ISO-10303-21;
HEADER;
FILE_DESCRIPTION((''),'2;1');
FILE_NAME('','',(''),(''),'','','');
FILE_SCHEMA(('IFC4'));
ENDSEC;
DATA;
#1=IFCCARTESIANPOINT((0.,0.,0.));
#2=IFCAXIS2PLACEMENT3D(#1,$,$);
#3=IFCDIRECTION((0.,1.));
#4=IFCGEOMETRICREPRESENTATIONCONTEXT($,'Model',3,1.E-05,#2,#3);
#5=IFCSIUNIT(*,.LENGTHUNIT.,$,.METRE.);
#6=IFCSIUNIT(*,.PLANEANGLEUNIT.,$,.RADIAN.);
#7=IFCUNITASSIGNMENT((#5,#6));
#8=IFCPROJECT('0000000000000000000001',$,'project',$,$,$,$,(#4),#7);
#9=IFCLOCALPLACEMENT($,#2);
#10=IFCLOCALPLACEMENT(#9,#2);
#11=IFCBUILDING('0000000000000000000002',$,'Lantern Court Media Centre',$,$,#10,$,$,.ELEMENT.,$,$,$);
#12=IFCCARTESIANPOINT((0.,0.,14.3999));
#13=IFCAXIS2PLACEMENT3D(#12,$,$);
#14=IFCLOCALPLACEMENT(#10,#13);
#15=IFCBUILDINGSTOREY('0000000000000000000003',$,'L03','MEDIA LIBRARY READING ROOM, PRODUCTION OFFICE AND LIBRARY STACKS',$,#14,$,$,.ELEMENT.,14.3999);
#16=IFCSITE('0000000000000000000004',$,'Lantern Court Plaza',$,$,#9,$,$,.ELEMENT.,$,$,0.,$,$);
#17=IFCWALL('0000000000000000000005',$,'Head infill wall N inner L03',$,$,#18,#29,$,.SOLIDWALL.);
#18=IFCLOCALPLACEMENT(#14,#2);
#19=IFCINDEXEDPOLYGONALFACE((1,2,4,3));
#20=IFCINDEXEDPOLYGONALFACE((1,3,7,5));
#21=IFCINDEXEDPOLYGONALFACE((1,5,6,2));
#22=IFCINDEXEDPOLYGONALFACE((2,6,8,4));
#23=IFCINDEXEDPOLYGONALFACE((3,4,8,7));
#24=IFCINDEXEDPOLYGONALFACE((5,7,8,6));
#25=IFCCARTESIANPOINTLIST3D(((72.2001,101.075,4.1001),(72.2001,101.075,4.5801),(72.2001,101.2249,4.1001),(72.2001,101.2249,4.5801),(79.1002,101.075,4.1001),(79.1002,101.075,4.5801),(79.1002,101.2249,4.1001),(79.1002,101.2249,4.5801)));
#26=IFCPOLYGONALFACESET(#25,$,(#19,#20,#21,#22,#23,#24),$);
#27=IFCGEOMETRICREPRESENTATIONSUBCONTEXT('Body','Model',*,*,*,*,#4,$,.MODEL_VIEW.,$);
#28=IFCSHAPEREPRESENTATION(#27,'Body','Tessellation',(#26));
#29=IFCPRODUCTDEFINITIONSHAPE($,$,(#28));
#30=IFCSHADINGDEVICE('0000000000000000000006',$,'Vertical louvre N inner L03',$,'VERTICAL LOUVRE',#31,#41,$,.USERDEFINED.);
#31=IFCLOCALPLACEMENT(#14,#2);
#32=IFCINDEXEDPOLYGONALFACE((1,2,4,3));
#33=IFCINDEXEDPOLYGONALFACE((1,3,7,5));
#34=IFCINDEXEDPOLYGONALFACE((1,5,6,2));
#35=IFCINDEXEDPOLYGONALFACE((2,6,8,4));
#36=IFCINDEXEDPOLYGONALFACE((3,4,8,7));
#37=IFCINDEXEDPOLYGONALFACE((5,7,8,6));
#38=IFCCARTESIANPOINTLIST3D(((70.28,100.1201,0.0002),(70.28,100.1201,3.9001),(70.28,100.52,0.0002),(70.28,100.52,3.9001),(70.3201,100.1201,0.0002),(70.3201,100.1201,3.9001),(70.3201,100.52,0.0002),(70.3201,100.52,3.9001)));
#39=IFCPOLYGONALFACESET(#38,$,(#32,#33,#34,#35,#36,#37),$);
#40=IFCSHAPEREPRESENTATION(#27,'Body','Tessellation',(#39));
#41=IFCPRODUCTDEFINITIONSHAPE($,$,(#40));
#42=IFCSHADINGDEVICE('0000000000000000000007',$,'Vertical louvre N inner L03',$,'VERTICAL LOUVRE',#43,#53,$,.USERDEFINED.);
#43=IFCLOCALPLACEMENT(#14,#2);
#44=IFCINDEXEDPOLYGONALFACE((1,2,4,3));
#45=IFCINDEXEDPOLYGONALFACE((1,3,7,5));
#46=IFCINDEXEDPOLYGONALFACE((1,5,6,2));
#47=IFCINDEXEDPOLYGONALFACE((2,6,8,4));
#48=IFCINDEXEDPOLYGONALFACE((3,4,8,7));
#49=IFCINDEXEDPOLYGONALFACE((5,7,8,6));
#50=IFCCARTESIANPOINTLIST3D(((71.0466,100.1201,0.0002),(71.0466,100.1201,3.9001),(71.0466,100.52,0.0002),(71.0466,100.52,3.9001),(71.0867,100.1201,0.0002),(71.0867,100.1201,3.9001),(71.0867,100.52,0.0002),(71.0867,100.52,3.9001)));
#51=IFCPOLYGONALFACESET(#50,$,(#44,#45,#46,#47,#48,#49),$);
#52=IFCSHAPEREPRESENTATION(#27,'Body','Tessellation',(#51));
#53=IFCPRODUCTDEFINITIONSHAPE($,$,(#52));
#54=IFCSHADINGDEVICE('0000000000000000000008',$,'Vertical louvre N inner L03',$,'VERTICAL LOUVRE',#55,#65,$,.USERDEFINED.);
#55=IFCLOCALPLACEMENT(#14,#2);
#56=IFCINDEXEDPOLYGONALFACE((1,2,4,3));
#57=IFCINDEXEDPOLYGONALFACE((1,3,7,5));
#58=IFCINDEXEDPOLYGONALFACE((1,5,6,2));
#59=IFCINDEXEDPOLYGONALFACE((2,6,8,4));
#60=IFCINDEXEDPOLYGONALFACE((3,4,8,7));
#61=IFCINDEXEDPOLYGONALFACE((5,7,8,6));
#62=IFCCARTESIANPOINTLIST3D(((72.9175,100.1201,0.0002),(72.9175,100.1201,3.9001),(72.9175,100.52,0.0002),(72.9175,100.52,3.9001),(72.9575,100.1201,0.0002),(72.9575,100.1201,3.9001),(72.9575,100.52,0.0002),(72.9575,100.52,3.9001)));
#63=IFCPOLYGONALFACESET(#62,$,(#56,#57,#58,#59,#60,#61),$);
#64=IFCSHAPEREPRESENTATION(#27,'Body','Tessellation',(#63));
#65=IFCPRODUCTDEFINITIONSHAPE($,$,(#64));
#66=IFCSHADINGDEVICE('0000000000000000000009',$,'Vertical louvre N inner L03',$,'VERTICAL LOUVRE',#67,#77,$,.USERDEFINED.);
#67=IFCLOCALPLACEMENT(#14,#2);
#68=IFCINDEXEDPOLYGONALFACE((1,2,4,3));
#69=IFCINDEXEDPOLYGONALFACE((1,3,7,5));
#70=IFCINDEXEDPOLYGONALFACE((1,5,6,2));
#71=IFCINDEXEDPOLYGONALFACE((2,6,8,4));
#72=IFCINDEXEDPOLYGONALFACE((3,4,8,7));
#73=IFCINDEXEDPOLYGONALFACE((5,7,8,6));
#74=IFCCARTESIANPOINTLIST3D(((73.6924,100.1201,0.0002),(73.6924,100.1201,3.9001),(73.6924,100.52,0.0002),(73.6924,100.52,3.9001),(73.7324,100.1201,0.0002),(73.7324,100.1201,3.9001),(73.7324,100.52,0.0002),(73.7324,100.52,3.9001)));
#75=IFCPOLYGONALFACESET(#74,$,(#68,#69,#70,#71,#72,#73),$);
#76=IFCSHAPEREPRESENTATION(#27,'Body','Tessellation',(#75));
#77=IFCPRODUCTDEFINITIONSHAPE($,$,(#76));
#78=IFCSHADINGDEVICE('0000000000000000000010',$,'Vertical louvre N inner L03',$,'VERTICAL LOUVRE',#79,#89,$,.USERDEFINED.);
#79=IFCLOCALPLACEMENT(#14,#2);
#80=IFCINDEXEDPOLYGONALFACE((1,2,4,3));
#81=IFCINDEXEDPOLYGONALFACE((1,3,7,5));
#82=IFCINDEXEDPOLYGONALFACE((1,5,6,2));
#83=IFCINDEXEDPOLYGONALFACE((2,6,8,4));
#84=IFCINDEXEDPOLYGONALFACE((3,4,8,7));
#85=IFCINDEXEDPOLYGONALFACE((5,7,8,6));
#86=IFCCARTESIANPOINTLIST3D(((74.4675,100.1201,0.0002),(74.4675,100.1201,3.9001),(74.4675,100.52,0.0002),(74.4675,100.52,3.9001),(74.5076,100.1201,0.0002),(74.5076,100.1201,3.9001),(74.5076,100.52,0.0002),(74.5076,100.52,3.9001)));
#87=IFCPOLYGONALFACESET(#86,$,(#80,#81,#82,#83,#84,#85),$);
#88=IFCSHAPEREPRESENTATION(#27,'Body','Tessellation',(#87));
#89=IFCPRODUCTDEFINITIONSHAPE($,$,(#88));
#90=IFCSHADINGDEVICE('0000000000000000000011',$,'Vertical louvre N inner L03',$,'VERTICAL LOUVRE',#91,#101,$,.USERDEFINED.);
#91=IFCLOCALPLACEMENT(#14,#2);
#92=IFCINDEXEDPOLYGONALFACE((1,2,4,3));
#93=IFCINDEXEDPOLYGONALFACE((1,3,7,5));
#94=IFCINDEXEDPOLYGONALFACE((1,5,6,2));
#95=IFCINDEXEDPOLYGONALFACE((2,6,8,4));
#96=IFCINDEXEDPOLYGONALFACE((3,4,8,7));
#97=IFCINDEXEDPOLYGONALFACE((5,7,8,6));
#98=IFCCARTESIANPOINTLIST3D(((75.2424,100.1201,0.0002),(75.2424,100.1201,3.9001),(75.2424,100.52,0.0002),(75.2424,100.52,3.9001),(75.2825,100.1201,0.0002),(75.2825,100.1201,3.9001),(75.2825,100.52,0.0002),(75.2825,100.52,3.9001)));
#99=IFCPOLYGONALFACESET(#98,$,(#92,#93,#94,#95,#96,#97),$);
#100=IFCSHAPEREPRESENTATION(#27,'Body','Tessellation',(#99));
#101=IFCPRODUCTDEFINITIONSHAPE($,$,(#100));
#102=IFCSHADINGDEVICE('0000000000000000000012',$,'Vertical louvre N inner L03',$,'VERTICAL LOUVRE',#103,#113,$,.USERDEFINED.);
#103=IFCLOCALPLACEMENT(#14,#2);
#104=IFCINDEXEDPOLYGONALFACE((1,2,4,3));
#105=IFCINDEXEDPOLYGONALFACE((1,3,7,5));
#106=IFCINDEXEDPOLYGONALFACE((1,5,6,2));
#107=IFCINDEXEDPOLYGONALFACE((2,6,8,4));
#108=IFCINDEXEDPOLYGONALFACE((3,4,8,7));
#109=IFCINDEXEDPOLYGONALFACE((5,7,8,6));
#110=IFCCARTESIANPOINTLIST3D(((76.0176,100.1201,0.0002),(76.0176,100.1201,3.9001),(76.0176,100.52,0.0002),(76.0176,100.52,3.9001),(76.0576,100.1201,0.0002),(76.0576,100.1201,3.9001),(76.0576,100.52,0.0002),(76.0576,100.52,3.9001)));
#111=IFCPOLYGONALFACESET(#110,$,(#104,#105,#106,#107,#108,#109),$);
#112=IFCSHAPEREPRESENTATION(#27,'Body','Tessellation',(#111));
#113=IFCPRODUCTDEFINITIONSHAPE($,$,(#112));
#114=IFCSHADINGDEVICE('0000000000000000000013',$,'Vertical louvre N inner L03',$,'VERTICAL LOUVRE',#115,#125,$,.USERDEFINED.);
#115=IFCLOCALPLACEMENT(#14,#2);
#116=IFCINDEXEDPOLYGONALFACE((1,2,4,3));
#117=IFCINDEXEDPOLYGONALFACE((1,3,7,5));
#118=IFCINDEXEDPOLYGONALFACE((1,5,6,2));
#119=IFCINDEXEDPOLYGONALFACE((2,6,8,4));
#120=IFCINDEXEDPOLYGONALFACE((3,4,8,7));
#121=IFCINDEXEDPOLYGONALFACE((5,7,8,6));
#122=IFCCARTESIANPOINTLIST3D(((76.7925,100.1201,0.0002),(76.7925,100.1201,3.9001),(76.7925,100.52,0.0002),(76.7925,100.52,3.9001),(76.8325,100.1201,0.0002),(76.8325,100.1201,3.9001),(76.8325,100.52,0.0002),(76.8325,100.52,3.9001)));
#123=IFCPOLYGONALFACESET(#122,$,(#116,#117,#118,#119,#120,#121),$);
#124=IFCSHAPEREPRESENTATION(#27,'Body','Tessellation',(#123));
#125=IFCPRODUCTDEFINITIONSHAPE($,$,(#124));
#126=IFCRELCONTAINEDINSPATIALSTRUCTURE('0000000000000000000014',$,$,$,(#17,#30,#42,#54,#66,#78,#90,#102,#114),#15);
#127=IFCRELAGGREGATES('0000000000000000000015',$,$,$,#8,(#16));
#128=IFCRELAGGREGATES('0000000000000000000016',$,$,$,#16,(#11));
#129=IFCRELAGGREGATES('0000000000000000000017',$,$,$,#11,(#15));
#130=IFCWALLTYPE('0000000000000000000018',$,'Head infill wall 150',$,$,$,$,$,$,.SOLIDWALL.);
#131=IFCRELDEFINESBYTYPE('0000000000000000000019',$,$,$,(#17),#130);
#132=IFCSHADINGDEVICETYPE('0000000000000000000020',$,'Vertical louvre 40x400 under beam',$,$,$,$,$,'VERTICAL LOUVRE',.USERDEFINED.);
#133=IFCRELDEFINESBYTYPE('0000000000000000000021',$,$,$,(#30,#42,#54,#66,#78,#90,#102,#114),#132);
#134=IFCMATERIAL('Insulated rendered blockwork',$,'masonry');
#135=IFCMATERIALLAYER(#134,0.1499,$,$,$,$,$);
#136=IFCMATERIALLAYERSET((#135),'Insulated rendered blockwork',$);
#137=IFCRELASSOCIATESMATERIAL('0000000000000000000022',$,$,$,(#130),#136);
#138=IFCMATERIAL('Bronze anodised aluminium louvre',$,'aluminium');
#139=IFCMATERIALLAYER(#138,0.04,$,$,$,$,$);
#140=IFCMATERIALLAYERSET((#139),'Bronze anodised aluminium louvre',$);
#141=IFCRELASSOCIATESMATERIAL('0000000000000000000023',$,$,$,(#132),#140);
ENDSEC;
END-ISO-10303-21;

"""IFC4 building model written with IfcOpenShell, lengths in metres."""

from ifc_helpers import new_model, si_unit, direction, frame, frame_2d, origin, origin_2d, place, context, subcontext, project, spatial, rectangle, extrude, material, layer, layer_set, type_object, element, save


model = new_model("IFC4")

# Units and contexts
model_context = context("Model", 3, precision=1e-05, world=origin(), true_north=direction((0.0, 1.0)))
body_context = subcontext(model_context, "Body", "Model", "MODEL_VIEW")
ifc_project = project(units=[si_unit("LENGTHUNIT", "METRE"), si_unit("PLANEANGLEUNIT", "RADIAN")], contexts=[model_context])

# Site, building, storey
site_placement = place(None, origin())
site = spatial("IfcSite", under=ifc_project, at=site_placement, Name="Lantern Court Plaza", CompositionType="ELEMENT", RefElevation=0.0)
building_placement = place(site_placement, origin())
building = spatial("IfcBuilding", under=site, at=building_placement, Name="Lantern Court Media Centre", CompositionType="ELEMENT")
storey_placement = place(building_placement, frame((0.0, 0.0, 14.3999)))
storey = spatial("IfcBuildingStorey", under=building, at=storey_placement, Name="L03", Description="MEDIA LIBRARY READING ROOM, PRODUCTION OFFICE AND LIBRARY STACKS", CompositionType="ELEMENT", Elevation=14.3999)

# Wall
ifc_material_1 = material(Name="Insulated rendered blockwork", Category="masonry")
ifc_layer_1 = layer(ifc_material_1, 0.1499)
ifc_layer_set_1 = layer_set([ifc_layer_1], Name="Insulated rendered blockwork")
wall_type = type_object("IfcWallType", Name="Head infill wall 150", PredefinedType="SOLIDWALL", material=ifc_layer_set_1)
wall_placement = place(storey_placement, frame((72.2, 101.1499, 4.1001), z_axis=(0.0, 0.0, 1.0), x_axis=(1.0, 0.0, 0.0)))
element("IfcWall", 1, at=wall_placement, inside=storey, type_object=wall_type, Name="Head infill wall N inner L03", PredefinedType="SOLIDWALL", context=body_context, shape_type="SweptSolid", body=[
    extrude(rectangle(XDim=6.9001, YDim=0.1499, at=frame_2d((3.4502, 0.0))), origin(), (0.0, 0.0, 1.0), 0.48),
])

# Shading devices
ifc_material_2 = material(Name="Bronze anodised aluminium louvre", Category="aluminium")
ifc_layer_2 = layer(ifc_material_2, 0.04)
ifc_layer_set_2 = layer_set([ifc_layer_2], Name="Bronze anodised aluminium louvre")
shading_device_type = type_object("IfcShadingDeviceType", Name="Vertical louvre 40x400 under beam", ElementType="VERTICAL LOUVRE", PredefinedType="USERDEFINED", material=ifc_layer_set_2)
for number, where, z_axis, x_axis, name in (
    (2, (70.3, 100.3201, 0.0002), (0.0, 0.0, 1.0), (1.0, 0.0, 0.0), "Vertical louvre N inner L03"),
    (3, (71.0667, 100.3201, 0.0002), (0.0, 0.0, 1.0), (1.0, 0.0, 0.0), "Vertical louvre N inner L03"),
    (4, (72.9375, 100.3201, 0.0002), (0.0, 0.0, 1.0), (1.0, 0.0, 0.0), "Vertical louvre N inner L03"),
    (5, (73.7124, 100.3201, 0.0002), (0.0, 0.0, 1.0), (1.0, 0.0, 0.0), "Vertical louvre N inner L03"),
    (6, (74.4875, 100.3201, 0.0002), (0.0, 0.0, 1.0), (1.0, 0.0, 0.0), "Vertical louvre N inner L03"),
    (7, (75.2625, 100.3201, 0.0002), (0.0, 0.0, 1.0), (1.0, 0.0, 0.0), "Vertical louvre N inner L03"),
    (8, (76.0376, 100.3201, 0.0002), (0.0, 0.0, 1.0), (1.0, 0.0, 0.0), "Vertical louvre N inner L03"),
    (9, (76.8125, 100.3201, 0.0002), (0.0, 0.0, 1.0), (1.0, 0.0, 0.0), "Vertical louvre N inner L03"),
):
    element("IfcShadingDevice", number, at=place(storey_placement, frame(where, z_axis=z_axis, x_axis=x_axis)), inside=storey, type_object=shading_device_type, Name=name, ObjectType="VERTICAL LOUVRE", PredefinedType="USERDEFINED", context=body_context, shape_type="SweptSolid", body=[
        extrude(rectangle(XDim=0.04, YDim=0.3999, at=origin_2d()), origin(), (0.0, 0.0, 1.0), 3.8999),
    ])

save(model, "model.ifc")
